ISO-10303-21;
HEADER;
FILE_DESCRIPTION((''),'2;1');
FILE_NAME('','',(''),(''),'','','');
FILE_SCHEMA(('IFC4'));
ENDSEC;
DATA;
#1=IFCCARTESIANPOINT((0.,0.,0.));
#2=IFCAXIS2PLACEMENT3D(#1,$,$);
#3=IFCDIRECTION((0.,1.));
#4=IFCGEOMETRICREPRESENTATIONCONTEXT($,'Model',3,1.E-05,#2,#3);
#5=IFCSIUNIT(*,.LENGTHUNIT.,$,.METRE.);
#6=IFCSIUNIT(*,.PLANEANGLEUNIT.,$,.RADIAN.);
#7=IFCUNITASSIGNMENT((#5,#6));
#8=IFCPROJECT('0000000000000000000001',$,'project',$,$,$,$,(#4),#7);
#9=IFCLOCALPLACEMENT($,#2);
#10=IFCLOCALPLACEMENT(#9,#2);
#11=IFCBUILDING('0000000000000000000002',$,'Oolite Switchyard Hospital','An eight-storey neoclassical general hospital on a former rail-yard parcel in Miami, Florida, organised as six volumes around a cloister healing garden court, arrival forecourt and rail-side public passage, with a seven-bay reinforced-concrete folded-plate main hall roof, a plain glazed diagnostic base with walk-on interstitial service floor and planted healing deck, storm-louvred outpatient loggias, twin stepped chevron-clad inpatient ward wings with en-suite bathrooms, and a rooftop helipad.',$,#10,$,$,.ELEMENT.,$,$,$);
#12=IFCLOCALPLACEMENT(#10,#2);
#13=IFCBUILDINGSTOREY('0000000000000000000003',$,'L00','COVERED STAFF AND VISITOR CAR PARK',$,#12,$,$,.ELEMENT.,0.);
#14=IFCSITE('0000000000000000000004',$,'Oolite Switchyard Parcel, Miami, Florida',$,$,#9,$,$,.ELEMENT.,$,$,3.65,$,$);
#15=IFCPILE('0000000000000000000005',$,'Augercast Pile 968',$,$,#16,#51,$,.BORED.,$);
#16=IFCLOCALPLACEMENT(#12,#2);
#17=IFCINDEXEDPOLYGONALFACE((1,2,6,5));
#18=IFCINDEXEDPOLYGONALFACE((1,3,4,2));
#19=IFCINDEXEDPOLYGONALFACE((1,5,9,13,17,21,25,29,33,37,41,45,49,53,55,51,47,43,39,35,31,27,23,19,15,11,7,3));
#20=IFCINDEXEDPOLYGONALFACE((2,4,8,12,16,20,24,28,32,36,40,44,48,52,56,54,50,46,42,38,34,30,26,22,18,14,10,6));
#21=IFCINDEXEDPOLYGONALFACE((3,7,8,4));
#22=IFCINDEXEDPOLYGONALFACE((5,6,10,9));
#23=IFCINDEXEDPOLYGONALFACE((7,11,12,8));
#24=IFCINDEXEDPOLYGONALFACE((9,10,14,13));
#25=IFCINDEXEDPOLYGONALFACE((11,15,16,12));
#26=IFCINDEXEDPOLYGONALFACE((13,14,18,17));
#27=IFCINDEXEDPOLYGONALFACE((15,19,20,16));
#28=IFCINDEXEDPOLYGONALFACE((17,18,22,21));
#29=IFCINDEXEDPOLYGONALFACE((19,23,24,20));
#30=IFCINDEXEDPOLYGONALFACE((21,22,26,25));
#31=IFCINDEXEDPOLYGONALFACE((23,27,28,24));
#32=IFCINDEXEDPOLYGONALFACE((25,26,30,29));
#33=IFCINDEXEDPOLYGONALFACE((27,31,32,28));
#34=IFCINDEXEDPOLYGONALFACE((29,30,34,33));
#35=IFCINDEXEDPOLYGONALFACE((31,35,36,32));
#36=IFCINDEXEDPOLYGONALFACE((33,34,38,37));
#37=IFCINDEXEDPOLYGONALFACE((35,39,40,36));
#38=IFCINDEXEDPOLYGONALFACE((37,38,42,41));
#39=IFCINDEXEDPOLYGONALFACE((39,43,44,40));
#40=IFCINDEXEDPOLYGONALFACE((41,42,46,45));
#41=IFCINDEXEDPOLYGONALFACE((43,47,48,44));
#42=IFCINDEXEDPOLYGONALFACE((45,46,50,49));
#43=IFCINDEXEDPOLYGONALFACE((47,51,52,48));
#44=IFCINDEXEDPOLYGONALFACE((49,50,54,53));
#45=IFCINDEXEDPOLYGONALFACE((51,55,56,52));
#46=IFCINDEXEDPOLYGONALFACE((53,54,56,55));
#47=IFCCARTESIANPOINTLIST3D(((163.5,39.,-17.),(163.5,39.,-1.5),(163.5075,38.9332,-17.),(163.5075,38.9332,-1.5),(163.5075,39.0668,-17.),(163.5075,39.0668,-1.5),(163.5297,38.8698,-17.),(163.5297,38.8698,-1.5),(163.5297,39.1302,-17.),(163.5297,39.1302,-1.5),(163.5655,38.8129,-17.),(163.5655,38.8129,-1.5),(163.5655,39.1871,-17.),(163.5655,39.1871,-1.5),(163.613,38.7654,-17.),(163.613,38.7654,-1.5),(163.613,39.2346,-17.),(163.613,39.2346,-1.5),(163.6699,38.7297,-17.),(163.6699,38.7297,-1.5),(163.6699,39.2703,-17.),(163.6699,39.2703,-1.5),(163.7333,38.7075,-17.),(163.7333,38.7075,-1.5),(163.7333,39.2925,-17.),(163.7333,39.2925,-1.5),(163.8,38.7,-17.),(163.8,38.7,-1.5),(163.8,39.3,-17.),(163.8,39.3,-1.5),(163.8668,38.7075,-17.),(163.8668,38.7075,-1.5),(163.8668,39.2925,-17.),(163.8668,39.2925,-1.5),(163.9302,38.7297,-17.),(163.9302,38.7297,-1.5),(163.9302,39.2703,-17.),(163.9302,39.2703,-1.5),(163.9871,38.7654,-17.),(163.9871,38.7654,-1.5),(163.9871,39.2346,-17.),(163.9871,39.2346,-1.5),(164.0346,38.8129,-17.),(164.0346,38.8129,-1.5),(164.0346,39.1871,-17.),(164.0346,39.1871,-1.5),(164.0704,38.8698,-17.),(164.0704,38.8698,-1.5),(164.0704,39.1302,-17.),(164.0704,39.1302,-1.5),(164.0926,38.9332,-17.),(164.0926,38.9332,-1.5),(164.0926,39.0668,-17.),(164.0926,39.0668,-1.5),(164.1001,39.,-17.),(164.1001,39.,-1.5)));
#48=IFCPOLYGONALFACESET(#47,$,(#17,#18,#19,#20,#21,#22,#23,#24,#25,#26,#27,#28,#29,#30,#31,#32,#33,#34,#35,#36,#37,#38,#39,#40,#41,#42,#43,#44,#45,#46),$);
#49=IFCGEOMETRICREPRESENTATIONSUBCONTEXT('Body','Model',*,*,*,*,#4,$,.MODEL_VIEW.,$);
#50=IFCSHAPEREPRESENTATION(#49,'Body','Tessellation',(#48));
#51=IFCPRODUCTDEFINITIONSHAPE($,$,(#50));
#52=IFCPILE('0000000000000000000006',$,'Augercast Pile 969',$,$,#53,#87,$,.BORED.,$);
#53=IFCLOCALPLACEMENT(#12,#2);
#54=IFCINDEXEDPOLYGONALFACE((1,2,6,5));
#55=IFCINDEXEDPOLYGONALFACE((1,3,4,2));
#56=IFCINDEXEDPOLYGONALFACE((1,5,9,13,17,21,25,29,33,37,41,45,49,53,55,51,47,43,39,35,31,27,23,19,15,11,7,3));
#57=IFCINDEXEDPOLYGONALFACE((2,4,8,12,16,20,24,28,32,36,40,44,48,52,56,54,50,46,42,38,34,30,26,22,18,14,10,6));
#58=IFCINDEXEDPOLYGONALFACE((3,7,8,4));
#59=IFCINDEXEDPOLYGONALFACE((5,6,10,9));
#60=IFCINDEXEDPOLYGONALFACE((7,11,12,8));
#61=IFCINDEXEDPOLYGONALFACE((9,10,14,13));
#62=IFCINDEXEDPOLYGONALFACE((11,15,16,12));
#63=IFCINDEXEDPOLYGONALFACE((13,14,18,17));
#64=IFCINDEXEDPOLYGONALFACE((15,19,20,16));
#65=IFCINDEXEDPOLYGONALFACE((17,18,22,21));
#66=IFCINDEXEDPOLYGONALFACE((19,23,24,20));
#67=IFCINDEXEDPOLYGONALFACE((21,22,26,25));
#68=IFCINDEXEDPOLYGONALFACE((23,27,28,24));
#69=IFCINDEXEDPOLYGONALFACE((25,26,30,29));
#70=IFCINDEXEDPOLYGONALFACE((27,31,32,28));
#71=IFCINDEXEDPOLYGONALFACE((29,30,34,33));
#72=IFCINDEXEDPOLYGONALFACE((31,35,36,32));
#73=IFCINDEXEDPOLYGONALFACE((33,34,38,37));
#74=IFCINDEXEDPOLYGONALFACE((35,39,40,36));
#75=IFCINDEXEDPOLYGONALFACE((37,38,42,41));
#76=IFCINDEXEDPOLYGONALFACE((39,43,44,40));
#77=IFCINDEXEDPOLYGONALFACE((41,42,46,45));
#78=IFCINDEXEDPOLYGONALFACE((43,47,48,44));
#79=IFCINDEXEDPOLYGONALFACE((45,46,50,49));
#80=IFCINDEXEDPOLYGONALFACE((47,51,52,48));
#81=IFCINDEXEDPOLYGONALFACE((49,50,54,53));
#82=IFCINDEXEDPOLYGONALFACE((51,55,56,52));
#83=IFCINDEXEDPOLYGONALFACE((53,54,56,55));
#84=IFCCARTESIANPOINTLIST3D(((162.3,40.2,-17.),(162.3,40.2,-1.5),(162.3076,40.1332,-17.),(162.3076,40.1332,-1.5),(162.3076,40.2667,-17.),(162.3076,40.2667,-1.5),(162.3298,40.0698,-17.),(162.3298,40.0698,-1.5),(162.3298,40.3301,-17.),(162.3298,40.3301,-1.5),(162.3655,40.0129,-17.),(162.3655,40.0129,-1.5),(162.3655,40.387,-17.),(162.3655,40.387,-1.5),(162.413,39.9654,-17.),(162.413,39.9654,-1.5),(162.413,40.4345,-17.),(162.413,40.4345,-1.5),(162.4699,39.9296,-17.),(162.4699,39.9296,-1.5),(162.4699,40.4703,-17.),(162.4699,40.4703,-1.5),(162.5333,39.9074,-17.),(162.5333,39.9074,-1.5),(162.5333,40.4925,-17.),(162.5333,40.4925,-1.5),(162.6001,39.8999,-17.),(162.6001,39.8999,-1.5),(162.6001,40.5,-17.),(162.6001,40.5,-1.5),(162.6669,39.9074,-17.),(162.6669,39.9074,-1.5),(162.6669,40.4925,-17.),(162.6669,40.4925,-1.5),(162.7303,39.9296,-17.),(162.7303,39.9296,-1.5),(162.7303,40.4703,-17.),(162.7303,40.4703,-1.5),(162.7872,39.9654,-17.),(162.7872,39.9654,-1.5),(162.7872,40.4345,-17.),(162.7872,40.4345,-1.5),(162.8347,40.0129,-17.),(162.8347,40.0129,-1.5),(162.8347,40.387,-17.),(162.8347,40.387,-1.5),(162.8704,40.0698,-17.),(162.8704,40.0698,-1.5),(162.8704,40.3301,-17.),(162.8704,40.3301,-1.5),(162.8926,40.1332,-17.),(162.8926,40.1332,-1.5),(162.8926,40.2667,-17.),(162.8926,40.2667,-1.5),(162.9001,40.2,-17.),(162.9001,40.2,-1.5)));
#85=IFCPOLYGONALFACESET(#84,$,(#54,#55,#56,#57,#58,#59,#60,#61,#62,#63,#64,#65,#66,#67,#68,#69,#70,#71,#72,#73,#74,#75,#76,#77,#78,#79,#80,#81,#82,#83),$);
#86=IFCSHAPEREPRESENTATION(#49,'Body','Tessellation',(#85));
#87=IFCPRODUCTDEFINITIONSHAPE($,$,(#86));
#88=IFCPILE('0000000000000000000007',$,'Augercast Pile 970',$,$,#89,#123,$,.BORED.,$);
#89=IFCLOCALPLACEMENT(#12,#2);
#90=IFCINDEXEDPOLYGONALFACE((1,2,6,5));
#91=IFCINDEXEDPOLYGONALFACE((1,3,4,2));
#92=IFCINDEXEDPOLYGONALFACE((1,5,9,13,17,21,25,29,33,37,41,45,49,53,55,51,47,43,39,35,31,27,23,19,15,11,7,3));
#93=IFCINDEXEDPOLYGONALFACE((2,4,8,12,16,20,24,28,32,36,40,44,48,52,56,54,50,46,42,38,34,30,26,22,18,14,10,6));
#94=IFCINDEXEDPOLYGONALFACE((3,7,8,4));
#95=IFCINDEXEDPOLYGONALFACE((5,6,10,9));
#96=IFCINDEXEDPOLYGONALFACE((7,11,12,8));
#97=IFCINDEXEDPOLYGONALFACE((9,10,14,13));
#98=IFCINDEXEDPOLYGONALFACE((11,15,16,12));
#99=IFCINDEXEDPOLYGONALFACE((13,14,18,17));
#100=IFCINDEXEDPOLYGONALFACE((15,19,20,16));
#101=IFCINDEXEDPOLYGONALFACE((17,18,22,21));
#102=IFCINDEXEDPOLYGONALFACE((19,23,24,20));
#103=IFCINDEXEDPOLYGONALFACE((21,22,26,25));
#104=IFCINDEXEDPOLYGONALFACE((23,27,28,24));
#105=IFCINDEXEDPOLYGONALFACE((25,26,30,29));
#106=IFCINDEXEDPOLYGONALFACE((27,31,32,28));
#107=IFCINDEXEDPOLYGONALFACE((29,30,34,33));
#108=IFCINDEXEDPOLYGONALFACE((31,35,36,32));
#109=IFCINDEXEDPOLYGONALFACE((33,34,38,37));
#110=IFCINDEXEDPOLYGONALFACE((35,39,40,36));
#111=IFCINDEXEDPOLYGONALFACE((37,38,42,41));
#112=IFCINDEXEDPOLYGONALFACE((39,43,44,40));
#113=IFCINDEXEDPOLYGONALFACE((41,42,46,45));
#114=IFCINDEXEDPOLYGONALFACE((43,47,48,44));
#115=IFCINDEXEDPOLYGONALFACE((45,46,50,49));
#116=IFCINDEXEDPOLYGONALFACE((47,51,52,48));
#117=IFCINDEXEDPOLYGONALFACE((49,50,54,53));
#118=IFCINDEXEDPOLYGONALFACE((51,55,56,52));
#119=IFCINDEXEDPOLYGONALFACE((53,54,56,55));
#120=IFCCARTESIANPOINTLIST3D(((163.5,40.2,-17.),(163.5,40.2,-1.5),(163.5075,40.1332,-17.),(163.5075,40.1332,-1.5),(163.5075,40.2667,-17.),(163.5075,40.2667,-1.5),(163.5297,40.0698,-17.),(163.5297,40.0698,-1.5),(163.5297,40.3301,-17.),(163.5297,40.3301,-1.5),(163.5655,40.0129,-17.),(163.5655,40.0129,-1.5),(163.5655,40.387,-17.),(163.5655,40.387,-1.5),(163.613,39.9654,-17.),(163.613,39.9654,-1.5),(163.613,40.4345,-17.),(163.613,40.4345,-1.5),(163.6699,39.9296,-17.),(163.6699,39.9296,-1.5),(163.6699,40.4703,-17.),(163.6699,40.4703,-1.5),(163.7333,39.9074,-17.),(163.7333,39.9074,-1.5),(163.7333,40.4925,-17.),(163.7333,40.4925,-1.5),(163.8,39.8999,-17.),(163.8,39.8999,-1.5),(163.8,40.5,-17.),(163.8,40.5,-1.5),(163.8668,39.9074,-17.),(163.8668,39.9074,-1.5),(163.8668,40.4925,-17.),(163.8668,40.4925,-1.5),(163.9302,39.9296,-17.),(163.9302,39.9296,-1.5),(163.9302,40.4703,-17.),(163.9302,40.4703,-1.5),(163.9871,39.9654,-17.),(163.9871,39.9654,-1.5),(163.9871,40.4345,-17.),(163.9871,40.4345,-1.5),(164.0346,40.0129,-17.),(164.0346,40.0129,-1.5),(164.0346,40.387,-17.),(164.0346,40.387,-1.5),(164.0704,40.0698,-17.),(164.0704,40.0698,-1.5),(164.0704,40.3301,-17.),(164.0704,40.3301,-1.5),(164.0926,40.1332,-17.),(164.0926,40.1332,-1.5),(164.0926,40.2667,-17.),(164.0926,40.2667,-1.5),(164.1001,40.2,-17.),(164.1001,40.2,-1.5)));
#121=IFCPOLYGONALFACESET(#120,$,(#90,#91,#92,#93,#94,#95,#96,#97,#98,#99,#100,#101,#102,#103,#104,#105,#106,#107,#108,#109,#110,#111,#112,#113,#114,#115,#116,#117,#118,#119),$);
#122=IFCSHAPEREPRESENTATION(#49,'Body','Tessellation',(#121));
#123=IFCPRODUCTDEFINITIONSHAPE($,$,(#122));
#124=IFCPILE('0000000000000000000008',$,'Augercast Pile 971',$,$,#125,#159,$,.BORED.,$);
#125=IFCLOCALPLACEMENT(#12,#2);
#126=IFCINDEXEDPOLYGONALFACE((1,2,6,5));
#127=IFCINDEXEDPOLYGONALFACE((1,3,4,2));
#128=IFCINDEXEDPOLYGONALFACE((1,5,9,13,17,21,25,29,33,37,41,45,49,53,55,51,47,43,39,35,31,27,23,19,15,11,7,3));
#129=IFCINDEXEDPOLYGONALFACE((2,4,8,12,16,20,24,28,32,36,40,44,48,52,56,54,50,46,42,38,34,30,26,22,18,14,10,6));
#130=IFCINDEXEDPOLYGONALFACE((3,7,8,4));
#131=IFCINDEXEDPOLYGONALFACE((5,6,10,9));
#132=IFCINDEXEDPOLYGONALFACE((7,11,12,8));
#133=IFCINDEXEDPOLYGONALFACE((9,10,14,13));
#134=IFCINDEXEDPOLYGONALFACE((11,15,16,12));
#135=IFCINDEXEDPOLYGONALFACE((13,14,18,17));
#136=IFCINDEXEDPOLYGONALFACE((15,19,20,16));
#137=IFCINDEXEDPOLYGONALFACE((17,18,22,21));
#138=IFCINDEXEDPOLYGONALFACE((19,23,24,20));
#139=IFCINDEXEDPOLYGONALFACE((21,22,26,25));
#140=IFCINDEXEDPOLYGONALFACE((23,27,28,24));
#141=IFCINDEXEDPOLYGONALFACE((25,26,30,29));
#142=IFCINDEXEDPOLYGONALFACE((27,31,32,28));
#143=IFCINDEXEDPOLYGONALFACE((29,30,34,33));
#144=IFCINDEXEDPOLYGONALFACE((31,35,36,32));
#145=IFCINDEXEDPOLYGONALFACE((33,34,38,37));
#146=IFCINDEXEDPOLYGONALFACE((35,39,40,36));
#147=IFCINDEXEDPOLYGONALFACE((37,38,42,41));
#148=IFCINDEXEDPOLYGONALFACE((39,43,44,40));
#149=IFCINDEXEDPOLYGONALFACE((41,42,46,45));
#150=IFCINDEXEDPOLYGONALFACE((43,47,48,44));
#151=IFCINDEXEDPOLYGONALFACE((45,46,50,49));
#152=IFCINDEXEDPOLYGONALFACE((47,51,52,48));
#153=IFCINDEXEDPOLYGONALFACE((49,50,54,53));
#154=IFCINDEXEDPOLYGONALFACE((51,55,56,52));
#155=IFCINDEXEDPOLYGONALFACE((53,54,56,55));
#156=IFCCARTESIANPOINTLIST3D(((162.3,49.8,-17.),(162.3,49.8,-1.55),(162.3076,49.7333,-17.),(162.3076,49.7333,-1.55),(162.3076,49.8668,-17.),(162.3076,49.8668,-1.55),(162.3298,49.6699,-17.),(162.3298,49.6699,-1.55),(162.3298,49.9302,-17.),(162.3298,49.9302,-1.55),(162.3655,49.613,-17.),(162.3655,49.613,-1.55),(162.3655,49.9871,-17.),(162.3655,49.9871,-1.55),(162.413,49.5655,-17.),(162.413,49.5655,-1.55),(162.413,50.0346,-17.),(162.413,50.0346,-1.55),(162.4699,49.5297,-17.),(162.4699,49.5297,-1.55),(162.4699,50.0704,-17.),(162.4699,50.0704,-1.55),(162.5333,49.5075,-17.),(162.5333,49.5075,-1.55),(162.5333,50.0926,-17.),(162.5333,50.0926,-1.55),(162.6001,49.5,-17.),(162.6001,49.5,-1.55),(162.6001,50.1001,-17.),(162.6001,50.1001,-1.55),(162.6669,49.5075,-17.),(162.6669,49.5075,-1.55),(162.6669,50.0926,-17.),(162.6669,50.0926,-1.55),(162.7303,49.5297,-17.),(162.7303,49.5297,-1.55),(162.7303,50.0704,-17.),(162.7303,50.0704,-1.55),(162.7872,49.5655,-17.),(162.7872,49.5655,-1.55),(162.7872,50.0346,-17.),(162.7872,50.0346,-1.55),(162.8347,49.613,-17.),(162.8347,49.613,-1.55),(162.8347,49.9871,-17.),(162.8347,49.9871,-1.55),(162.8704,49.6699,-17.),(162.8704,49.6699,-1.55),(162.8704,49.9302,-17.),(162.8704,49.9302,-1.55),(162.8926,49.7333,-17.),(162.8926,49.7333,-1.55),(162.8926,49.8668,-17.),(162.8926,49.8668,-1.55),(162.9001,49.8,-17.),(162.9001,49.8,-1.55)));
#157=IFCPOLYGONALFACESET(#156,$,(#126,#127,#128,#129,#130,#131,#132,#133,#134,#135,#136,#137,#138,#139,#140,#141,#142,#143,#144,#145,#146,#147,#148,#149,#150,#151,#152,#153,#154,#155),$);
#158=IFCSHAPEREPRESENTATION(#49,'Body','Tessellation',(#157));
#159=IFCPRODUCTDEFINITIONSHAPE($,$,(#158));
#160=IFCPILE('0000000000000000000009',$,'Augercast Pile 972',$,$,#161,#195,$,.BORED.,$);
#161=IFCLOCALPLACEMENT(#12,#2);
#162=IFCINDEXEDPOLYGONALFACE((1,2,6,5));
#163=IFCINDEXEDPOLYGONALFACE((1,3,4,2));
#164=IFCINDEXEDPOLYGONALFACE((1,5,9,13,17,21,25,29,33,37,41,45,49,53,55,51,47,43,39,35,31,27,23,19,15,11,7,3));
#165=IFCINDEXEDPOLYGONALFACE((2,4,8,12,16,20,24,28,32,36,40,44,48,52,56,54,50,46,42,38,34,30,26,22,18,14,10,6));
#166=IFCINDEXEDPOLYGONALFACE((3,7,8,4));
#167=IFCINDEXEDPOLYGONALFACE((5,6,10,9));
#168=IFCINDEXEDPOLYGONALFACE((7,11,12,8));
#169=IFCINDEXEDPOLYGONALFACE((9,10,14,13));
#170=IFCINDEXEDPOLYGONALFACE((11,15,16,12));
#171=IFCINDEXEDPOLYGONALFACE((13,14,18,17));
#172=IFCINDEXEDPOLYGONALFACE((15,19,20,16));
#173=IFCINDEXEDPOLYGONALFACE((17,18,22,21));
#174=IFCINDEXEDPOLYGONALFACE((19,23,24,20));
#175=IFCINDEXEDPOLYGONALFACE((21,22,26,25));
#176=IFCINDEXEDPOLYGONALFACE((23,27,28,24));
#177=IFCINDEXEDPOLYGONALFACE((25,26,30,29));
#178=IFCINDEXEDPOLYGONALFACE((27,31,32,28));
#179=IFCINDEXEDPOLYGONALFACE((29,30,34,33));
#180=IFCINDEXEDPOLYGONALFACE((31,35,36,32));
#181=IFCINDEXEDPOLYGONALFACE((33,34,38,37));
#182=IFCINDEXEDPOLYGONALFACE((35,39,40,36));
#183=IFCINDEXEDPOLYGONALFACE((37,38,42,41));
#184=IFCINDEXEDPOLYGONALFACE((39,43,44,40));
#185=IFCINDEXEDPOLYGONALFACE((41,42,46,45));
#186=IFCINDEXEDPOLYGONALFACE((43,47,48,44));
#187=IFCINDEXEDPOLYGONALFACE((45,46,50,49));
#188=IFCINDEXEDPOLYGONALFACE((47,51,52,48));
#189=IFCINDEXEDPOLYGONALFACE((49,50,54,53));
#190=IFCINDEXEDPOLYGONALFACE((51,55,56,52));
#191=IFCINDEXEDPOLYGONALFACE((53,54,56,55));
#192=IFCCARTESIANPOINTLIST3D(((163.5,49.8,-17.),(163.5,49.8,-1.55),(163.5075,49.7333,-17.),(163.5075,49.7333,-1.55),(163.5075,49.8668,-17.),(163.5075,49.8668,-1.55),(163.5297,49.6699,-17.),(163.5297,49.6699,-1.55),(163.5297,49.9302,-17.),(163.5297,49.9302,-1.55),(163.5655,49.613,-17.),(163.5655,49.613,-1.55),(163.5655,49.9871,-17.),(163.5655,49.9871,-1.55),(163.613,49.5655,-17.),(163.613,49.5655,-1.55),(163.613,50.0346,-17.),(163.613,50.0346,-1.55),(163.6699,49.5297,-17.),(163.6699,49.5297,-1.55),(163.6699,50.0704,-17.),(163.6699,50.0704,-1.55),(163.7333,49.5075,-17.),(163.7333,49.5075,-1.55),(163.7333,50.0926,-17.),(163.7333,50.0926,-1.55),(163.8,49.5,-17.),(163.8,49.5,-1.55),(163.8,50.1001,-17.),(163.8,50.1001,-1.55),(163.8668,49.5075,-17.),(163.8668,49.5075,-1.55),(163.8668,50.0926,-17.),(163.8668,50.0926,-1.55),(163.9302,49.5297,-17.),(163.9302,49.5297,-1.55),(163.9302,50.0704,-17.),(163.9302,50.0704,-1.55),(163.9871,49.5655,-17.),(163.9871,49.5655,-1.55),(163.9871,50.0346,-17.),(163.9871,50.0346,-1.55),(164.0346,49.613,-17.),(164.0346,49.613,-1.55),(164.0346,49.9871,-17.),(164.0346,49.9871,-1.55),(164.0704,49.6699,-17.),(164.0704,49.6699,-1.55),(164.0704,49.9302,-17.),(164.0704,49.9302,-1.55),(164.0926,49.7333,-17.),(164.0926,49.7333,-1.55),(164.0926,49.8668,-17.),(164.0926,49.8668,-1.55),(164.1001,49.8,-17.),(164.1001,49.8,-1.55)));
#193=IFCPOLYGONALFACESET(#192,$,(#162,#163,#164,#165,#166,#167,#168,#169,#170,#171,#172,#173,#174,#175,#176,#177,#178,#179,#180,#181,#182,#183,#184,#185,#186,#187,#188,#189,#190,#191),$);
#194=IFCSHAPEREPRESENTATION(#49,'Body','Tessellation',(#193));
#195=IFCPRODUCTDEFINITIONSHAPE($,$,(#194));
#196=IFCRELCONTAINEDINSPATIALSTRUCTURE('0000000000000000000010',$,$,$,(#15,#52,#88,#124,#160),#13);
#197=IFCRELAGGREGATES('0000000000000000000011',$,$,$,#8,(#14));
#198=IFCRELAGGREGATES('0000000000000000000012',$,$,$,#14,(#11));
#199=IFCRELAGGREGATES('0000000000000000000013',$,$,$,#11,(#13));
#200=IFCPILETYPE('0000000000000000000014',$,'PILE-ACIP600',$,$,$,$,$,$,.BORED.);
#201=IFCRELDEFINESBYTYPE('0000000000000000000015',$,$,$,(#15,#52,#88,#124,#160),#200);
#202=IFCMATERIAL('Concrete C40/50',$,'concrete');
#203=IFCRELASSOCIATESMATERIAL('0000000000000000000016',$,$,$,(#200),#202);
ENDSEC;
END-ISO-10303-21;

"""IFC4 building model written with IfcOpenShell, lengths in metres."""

from ifc_helpers import new_model, si_unit, direction, frame, origin, origin_2d, place, context, subcontext, project, spatial, circle, extrude, material, material_profile, profile_set, type_object, element, save


model = new_model("IFC4")

# Units and contexts
model_context = context("Model", 3, precision=1e-05, world=origin(), true_north=direction((0.0, 1.0)))
body_context = subcontext(model_context, "Body", "Model", "MODEL_VIEW")
ifc_project = project(units=[si_unit("LENGTHUNIT", "METRE"), si_unit("PLANEANGLEUNIT", "RADIAN")], contexts=[model_context])

# Site, building, storey
site_placement = place(None, origin())
site = spatial("IfcSite", under=ifc_project, at=site_placement, Name="Oolite Switchyard Parcel, Miami, Florida", CompositionType="ELEMENT", RefElevation=3.65)
building_placement = place(site_placement, origin())
building = spatial("IfcBuilding", under=site, at=building_placement, Name="Oolite Switchyard Hospital", Description="An eight-storey neoclassical general hospital on a former rail-yard parcel in Miami, Florida, organised as six volumes around a cloister healing garden court, arrival forecourt and rail-side public passage, with a seven-bay reinforced-concrete folded-plate main hall roof, a plain glazed diagnostic base with walk-on interstitial service floor and planted healing deck, storm-louvred outpatient loggias, twin stepped chevron-clad inpatient ward wings with en-suite bathrooms, and a rooftop helipad.", CompositionType="ELEMENT")
storey_placement = place(building_placement, origin())
storey = spatial("IfcBuildingStorey", under=building, at=storey_placement, Name="L00", Description="COVERED STAFF AND VISITOR CAR PARK", CompositionType="ELEMENT", Elevation=0.0)

# Shared definitions
ifc_material_1 = material(Name="Concrete C40/50", Category="concrete")

# Piles
ifc_material_profile_1 = material_profile(ifc_material_1, circle(Radius=0.3, at=origin_2d()), Name="PILE600")
ifc_profile_set_1 = profile_set([ifc_material_profile_1], Name="Concrete C40/50")
pile_type = type_object("IfcPileType", Name="PILE-ACIP600", PredefinedType="BORED", material=ifc_profile_set_1)
for number, where, z_axis, x_axis, name in (
    (1, (163.8, 39.0, -1.5), (0.0, 0.0, -1.0), (1.0, 0.0, 0.0), "Augercast Pile 968"),
    (2, (162.6001, 40.2, -1.5), (0.0, 0.0, -1.0), (1.0, 0.0, 0.0), "Augercast Pile 969"),
    (3, (163.8, 40.2, -1.5), (0.0, 0.0, -1.0), (1.0, 0.0, 0.0), "Augercast Pile 970"),
):
    element("IfcPile", number, at=place(storey_placement, frame(where, z_axis=z_axis, x_axis=x_axis)), inside=storey, type_object=pile_type, Name=name, PredefinedType="BORED", context=body_context, shape_type="SweptSolid", body=[
        extrude(circle(Radius=0.3, at=origin_2d()), origin(), (0.0, 0.0, 1.0), 15.5),
    ])
for number, where, z_axis, x_axis, name in (
    (4, (162.6001, 49.8, -1.55), (0.0, 0.0, -1.0), (1.0, 0.0, 0.0), "Augercast Pile 971"),
    (5, (163.8, 49.8, -1.55), (0.0, 0.0, -1.0), (1.0, 0.0, 0.0), "Augercast Pile 972"),
):
    element("IfcPile", number, at=place(storey_placement, frame(where, z_axis=z_axis, x_axis=x_axis)), inside=storey, type_object=pile_type, Name=name, PredefinedType="BORED", context=body_context, shape_type="SweptSolid", body=[
        extrude(circle(Radius=0.3, at=origin_2d()), origin(), (0.0, 0.0, 1.0), 15.45),
    ])

save(model, "model.ifc")
